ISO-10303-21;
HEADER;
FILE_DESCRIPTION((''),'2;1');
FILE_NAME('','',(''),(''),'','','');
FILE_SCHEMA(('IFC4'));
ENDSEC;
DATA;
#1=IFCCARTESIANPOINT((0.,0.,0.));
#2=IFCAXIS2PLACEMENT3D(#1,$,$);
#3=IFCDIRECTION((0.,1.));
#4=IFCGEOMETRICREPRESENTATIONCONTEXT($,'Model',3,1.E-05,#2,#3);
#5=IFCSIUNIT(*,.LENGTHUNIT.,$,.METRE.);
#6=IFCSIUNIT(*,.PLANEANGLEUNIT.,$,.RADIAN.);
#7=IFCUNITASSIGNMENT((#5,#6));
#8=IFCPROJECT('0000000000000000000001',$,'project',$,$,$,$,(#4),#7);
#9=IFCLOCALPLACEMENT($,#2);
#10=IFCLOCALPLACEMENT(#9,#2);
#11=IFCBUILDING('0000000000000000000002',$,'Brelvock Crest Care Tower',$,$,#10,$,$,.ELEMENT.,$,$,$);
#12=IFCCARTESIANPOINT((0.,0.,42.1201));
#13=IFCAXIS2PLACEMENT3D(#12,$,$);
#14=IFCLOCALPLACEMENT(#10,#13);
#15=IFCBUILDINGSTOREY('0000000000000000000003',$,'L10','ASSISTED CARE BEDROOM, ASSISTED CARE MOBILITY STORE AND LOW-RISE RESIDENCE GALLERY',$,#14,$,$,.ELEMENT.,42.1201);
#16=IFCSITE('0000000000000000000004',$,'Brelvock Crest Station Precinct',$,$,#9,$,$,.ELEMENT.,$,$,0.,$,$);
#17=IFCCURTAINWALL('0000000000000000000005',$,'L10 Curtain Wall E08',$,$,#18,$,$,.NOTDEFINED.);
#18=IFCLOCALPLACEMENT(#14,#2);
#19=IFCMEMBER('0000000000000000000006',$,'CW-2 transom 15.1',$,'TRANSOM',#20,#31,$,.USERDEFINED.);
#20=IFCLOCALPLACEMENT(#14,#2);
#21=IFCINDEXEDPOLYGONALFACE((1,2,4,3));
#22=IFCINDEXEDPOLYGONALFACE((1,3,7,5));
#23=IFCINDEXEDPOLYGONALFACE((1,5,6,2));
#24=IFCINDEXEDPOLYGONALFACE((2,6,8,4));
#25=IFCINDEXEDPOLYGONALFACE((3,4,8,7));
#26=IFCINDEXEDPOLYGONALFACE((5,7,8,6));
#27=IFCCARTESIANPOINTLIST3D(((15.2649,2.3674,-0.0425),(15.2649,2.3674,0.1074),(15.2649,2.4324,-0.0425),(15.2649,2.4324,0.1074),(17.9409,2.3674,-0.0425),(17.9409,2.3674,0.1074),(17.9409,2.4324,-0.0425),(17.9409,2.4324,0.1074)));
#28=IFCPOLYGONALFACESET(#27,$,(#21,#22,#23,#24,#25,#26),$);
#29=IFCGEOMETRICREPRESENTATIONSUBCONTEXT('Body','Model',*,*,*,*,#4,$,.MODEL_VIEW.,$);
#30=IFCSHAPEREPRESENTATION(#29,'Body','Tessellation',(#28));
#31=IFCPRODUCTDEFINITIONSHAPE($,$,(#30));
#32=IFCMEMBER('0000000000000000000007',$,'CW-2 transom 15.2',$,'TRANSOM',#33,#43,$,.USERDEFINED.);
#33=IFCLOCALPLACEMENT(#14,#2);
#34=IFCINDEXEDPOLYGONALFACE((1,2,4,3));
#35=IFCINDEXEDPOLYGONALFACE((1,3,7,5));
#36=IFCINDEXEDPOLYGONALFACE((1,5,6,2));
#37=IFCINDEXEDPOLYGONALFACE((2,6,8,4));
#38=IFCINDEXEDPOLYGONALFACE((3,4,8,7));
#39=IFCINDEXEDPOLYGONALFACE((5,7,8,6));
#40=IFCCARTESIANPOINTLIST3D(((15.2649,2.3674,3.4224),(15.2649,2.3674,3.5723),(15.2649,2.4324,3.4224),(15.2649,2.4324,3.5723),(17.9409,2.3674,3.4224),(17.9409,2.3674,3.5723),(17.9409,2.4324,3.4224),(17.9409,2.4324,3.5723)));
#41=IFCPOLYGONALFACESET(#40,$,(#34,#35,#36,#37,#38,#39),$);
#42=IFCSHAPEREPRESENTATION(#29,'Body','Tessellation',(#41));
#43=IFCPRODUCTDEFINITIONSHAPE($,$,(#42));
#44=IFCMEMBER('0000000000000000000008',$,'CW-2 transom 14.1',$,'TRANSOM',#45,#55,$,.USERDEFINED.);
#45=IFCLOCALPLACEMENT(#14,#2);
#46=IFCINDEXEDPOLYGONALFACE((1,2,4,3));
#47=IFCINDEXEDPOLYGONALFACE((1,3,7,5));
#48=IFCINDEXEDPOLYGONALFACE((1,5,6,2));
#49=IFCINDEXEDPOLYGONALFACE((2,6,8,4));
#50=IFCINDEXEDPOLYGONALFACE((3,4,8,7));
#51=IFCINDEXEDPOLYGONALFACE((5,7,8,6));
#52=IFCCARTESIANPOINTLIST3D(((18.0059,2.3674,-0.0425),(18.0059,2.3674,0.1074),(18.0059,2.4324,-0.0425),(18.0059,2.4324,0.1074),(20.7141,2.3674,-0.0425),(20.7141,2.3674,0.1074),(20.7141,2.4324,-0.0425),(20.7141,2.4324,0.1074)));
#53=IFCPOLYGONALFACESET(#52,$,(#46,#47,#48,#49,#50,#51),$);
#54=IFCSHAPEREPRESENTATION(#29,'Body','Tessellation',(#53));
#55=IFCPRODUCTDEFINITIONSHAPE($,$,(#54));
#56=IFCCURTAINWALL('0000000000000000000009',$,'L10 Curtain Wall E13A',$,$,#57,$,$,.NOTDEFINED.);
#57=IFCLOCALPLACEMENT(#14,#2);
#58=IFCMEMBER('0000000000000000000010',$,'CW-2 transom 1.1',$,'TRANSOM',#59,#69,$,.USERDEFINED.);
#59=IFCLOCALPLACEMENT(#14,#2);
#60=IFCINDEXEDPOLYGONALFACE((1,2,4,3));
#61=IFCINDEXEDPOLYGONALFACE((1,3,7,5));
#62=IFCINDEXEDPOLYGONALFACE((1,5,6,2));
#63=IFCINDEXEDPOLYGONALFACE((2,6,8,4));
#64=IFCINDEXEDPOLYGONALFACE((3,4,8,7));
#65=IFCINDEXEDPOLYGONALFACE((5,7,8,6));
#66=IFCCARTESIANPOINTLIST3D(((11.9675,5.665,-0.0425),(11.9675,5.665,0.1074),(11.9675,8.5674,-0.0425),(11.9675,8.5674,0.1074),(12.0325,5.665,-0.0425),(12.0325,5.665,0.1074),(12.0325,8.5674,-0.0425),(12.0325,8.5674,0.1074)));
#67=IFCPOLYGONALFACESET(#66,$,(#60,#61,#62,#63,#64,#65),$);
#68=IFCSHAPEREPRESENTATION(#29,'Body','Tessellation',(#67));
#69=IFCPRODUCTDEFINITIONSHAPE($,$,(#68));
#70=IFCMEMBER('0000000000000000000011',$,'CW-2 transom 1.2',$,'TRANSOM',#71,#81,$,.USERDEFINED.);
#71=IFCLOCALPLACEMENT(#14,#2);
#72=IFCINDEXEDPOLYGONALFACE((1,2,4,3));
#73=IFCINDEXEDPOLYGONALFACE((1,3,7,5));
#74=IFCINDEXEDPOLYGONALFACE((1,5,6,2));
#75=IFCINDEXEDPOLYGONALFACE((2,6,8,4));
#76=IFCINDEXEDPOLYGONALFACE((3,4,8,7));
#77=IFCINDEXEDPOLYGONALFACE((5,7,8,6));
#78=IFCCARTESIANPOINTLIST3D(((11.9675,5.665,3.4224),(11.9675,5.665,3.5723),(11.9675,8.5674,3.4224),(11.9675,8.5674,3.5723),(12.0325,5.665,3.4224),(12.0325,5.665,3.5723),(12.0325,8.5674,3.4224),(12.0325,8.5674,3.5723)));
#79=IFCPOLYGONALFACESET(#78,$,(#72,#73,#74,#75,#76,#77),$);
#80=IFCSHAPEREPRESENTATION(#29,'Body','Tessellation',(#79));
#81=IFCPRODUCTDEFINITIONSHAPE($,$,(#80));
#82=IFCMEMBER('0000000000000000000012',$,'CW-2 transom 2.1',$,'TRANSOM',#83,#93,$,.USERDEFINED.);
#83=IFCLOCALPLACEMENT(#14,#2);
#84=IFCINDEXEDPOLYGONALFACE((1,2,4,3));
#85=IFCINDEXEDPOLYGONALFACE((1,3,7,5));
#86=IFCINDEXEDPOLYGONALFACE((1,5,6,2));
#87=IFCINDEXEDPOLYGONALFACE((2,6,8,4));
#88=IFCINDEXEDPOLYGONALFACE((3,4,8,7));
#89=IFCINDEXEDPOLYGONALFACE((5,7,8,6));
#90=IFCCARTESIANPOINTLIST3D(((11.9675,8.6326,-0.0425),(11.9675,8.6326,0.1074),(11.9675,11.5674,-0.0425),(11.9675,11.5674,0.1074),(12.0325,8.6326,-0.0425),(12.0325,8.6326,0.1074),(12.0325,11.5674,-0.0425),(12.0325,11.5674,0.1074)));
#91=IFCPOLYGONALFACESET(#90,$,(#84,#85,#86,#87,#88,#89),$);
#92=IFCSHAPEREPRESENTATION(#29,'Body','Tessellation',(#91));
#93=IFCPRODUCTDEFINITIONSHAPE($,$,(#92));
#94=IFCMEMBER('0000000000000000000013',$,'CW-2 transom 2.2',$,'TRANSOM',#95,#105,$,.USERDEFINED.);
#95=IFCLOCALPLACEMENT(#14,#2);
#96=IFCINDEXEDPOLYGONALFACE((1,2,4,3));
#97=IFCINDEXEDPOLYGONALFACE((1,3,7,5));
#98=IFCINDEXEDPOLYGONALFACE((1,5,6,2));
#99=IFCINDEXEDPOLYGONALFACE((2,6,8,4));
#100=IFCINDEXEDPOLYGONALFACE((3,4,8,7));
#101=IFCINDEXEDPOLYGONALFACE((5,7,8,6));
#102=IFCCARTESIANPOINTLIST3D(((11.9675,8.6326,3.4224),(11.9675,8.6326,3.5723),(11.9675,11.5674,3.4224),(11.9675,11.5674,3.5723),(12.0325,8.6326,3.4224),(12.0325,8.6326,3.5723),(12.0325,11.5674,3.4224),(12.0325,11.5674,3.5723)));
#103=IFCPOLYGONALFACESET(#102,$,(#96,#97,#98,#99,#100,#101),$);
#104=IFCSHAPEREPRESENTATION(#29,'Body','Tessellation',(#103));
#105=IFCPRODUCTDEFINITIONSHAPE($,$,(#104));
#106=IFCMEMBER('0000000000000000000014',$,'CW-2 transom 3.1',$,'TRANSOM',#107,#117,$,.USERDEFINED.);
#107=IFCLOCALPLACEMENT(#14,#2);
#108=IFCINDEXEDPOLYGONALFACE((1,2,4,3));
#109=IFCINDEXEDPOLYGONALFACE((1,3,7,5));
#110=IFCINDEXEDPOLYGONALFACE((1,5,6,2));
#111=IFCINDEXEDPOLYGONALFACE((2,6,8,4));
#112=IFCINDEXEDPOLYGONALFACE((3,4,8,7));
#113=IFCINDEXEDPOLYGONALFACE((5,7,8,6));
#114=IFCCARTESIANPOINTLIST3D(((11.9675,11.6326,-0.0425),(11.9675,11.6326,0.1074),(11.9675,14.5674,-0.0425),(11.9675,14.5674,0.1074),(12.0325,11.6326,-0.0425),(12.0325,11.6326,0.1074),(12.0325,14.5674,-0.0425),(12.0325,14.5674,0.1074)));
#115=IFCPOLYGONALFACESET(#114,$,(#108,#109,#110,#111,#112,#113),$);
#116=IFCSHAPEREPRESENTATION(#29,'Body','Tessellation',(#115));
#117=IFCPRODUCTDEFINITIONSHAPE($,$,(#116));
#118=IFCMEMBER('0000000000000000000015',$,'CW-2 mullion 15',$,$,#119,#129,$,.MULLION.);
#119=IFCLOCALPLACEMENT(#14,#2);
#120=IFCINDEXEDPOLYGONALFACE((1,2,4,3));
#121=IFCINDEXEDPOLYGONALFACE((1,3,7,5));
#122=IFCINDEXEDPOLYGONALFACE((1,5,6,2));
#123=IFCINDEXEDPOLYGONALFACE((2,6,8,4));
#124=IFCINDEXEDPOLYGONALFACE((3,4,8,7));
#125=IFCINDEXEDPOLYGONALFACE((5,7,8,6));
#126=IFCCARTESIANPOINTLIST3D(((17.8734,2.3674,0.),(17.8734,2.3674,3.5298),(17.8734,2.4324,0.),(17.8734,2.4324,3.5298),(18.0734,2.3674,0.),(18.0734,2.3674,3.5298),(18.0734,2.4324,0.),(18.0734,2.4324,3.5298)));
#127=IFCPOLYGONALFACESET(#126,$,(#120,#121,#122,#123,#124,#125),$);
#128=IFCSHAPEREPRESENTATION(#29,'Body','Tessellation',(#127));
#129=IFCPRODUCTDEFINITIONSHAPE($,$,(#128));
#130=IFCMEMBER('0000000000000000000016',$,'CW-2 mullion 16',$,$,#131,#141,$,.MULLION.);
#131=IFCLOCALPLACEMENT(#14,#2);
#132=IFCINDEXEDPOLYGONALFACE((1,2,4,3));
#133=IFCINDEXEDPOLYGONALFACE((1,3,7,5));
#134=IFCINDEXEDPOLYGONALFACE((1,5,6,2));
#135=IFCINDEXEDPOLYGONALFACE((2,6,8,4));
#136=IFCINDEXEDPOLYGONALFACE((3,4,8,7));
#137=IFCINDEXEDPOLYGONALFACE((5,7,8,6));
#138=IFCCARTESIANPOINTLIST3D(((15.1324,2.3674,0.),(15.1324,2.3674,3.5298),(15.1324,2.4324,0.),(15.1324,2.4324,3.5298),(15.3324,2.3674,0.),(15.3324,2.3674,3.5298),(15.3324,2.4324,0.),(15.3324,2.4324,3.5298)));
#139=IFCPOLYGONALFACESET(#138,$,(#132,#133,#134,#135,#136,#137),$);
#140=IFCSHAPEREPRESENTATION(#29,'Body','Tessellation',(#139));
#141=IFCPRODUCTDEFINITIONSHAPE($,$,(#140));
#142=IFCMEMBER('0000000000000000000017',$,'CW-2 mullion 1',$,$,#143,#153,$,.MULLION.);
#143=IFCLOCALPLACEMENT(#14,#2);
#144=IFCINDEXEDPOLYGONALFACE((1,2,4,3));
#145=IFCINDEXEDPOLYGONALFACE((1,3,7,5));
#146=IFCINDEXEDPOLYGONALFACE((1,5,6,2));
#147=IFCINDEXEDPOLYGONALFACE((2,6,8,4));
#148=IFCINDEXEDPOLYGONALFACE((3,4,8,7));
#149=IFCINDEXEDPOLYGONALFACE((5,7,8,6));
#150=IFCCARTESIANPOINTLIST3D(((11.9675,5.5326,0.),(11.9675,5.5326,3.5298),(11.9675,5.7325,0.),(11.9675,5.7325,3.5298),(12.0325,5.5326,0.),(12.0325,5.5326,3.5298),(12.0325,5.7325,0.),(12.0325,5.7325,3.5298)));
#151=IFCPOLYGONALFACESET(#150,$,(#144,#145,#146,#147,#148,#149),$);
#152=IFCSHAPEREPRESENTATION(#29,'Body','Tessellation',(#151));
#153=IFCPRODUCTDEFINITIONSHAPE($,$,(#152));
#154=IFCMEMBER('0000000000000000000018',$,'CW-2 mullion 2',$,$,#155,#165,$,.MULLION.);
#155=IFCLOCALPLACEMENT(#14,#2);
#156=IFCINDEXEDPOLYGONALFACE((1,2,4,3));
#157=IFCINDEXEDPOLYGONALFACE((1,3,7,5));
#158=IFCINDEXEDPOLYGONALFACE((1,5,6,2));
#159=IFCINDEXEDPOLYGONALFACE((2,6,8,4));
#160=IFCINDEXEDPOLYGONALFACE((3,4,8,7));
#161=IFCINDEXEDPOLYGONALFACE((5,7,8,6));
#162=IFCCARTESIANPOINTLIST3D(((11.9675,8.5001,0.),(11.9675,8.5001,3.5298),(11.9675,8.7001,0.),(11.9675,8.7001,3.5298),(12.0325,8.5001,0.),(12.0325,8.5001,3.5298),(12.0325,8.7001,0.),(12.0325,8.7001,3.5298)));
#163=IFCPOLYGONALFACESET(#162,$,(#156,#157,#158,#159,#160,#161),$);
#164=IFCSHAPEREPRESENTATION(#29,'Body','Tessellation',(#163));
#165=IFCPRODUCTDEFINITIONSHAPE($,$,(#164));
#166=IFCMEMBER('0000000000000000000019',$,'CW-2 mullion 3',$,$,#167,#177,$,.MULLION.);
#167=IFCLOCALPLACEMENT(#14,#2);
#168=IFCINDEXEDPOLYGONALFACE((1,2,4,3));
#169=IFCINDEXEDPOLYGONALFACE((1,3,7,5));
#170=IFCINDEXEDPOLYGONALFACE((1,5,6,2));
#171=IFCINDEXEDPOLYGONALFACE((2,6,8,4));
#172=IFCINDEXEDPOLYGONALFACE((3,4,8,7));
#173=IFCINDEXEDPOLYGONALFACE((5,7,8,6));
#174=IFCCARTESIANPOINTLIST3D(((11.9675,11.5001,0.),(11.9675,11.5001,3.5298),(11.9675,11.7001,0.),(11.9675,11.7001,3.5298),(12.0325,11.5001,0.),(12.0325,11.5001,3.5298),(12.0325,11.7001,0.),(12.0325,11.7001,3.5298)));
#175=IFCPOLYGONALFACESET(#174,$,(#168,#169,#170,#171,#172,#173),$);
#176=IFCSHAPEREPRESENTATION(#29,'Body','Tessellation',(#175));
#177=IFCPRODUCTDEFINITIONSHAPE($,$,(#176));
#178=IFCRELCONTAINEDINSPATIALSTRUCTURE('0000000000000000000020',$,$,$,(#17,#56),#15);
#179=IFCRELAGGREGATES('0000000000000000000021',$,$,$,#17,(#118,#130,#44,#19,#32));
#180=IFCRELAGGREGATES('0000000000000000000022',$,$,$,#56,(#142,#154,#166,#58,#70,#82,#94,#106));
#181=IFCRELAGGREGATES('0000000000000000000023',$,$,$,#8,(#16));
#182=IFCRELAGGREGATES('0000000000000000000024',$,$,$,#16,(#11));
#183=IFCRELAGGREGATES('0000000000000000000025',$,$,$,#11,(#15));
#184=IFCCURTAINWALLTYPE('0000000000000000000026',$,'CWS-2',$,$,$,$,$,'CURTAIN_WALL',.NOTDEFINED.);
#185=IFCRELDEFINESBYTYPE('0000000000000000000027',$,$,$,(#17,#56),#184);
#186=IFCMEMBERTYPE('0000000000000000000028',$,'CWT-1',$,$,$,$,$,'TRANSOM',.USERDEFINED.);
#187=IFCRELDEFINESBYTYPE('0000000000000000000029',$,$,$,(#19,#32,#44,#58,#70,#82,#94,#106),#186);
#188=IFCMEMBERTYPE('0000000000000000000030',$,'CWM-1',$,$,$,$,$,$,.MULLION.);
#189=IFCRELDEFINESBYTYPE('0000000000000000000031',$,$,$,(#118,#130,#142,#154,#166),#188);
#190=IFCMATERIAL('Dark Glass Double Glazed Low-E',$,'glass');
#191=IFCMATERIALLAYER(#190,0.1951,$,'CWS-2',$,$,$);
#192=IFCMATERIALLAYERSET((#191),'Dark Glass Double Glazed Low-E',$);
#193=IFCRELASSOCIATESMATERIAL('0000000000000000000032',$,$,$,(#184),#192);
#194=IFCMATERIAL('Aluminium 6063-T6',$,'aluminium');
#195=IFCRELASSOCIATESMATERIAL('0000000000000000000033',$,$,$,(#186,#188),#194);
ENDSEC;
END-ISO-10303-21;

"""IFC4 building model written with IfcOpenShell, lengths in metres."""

from ifc_helpers import new_model, si_unit, direction, frame, origin, origin_2d, place, context, subcontext, project, spatial, rectangle, extrude, source, transform, mapped, material, layer, layer_set, material_profile, profile_set, type_object, element, aggregate, save


model = new_model("IFC4")

# Units and contexts
model_context = context("Model", 3, precision=1e-05, world=origin(), true_north=direction((0.0, 1.0)))
body_context = subcontext(model_context, "Body", "Model", "MODEL_VIEW")
ifc_project = project(units=[si_unit("LENGTHUNIT", "METRE"), si_unit("PLANEANGLEUNIT", "RADIAN")], contexts=[model_context])

# Site, building, storey
site_placement = place(None, origin())
site = spatial("IfcSite", under=ifc_project, at=site_placement, Name="Brelvock Crest Station Precinct", CompositionType="ELEMENT", RefElevation=0.0)
building_placement = place(site_placement, origin())
building = spatial("IfcBuilding", under=site, at=building_placement, Name="Brelvock Crest Care Tower", CompositionType="ELEMENT")
storey_placement = place(building_placement, frame((0.0, 0.0, 42.1201)))
storey = spatial("IfcBuildingStorey", under=building, at=storey_placement, Name="L10", Description="ASSISTED CARE BEDROOM, ASSISTED CARE MOBILITY STORE AND LOW-RISE RESIDENCE GALLERY", CompositionType="ELEMENT", Elevation=42.1201)

# Curtain walls, members
ifc_material_1 = material(Name="Dark Glass Double Glazed Low-E", Category="glass")
ifc_layer_1 = layer(ifc_material_1, 0.1951, Name="CWS-2")
ifc_layer_set_1 = layer_set([ifc_layer_1], Name="Dark Glass Double Glazed Low-E")
curtain_wall_type = type_object("IfcCurtainWallType", Name="CWS-2", ElementType="CURTAIN_WALL", PredefinedType="NOTDEFINED", material=ifc_layer_set_1)
curtain_wall_1_placement = place(storey_placement, origin())
curtain_wall_1 = element("IfcCurtainWall", 1, at=curtain_wall_1_placement, inside=storey, type_object=curtain_wall_type, Name="L10 Curtain Wall E08", PredefinedType="NOTDEFINED")
ifc_material_2 = material(Name="Aluminium 6063-T6", Category="aluminium")
ifc_material_profile_1 = material_profile(ifc_material_2, rectangle(XDim=0.0649, YDim=0.1499, at=origin_2d()), Name="ALU65x150")
ifc_profile_set_1 = profile_set([ifc_material_profile_1], Name="Aluminium 6063-T6")
member_type_1 = type_object("IfcMemberType", Name="CWT-1", ElementType="TRANSOM", PredefinedType="USERDEFINED", material=ifc_profile_set_1)
shared_shape_1 = source(origin(), body_context, "Body", "SweptSolid", [
    extrude(rectangle(XDim=0.0649, YDim=0.1499, at=origin_2d()), origin(), (0.0, 0.0, 1.0), 2.676),
])
member_1_placement = place(storey_placement, frame((17.9409, 2.3999, 0.0325), z_axis=(-1.0, 0.0, 0.0), x_axis=(0.0, -1.0, 0.0)))
member_1 = element("IfcMember", 2, at=member_1_placement, type_object=member_type_1, Name="CW-2 transom 15.1", ObjectType="TRANSOM", PredefinedType="USERDEFINED", context=body_context, shape_type="MappedRepresentation", body=[
    mapped(shared_shape_1, transform((0.0, 0.0, 0.0), x_axis=(1.0, 0.0, 0.0), y_axis=(0.0, 1.0, 0.0), z_axis=(0.0, 0.0, 1.0), scale=1.0)),
])
member_2_placement = place(storey_placement, frame((17.9409, 2.3999, 3.4973), z_axis=(-1.0, 0.0, 0.0), x_axis=(0.0, -1.0, 0.0)))
member_2 = element("IfcMember", 3, at=member_2_placement, type_object=member_type_1, Name="CW-2 transom 15.2", ObjectType="TRANSOM", PredefinedType="USERDEFINED", context=body_context, shape_type="MappedRepresentation", body=[
    mapped(shared_shape_1, transform((0.0, 0.0, 0.0), x_axis=(1.0, 0.0, 0.0), y_axis=(0.0, 1.0, 0.0), z_axis=(0.0, 0.0, 1.0), scale=1.0)),
])
shared_shape_2 = source(origin(), body_context, "Body", "SweptSolid", [
    extrude(rectangle(XDim=0.0649, YDim=0.1499, at=origin_2d()), origin(), (0.0, 0.0, 1.0), 2.7083),
])
member_3_placement = place(storey_placement, frame((20.7141, 2.3999, 0.0325), z_axis=(-1.0, 0.0, 0.0), x_axis=(0.0, -1.0, 0.0)))
member_3 = element("IfcMember", 4, at=member_3_placement, type_object=member_type_1, Name="CW-2 transom 14.1", ObjectType="TRANSOM", PredefinedType="USERDEFINED", context=body_context, shape_type="MappedRepresentation", body=[
    mapped(shared_shape_2, transform((0.0, 0.0, 0.0), x_axis=(1.0, 0.0, 0.0), y_axis=(0.0, 1.0, 0.0), z_axis=(0.0, 0.0, 1.0), scale=1.0)),
])
curtain_wall_2_placement = place(storey_placement, origin())
curtain_wall_2 = element("IfcCurtainWall", 5, at=curtain_wall_2_placement, inside=storey, type_object=curtain_wall_type, Name="L10 Curtain Wall E13A", PredefinedType="NOTDEFINED")
shared_shape_3 = source(origin(), body_context, "Body", "SweptSolid", [
    extrude(rectangle(XDim=0.0649, YDim=0.1499, at=origin_2d()), origin(), (0.0, 0.0, 1.0), 2.9023),
])
member_4_placement = place(storey_placement, frame((12.0, 5.665, 0.0325), z_axis=(0.0, 1.0, 0.0), x_axis=(-1.0, 0.0, 0.0)))
member_4 = element("IfcMember", 6, at=member_4_placement, type_object=member_type_1, Name="CW-2 transom 1.1", ObjectType="TRANSOM", PredefinedType="USERDEFINED", context=body_context, shape_type="MappedRepresentation", body=[
    mapped(shared_shape_3, transform((0.0, 0.0, 0.0), x_axis=(1.0, 0.0, 0.0), y_axis=(0.0, 1.0, 0.0), z_axis=(0.0, 0.0, 1.0), scale=1.0)),
])
member_5_placement = place(storey_placement, frame((12.0, 5.665, 3.4973), z_axis=(0.0, 1.0, 0.0), x_axis=(-1.0, 0.0, 0.0)))
member_5 = element("IfcMember", 7, at=member_5_placement, type_object=member_type_1, Name="CW-2 transom 1.2", ObjectType="TRANSOM", PredefinedType="USERDEFINED", context=body_context, shape_type="MappedRepresentation", body=[
    mapped(shared_shape_3, transform((0.0, 0.0, 0.0), x_axis=(1.0, 0.0, 0.0), y_axis=(0.0, 1.0, 0.0), z_axis=(0.0, 0.0, 1.0), scale=1.0)),
])
shared_shape_4 = source(origin(), body_context, "Body", "SweptSolid", [
    extrude(rectangle(XDim=0.0649, YDim=0.1499, at=origin_2d()), origin(), (0.0, 0.0, 1.0), 2.9348),
])
member_6_placement = place(storey_placement, frame((12.0, 8.6326, 0.0325), z_axis=(0.0, 1.0, 0.0), x_axis=(-1.0, 0.0, 0.0)))
member_6 = element("IfcMember", 8, at=member_6_placement, type_object=member_type_1, Name="CW-2 transom 2.1", ObjectType="TRANSOM", PredefinedType="USERDEFINED", context=body_context, shape_type="MappedRepresentation", body=[
    mapped(shared_shape_4, transform((0.0, 0.0, 0.0), x_axis=(1.0, 0.0, 0.0), y_axis=(0.0, 1.0, 0.0), z_axis=(0.0, 0.0, 1.0), scale=1.0)),
])
member_7_placement = place(storey_placement, frame((12.0, 8.6326, 3.4973), z_axis=(0.0, 1.0, 0.0), x_axis=(-1.0, 0.0, 0.0)))
member_7 = element("IfcMember", 9, at=member_7_placement, type_object=member_type_1, Name="CW-2 transom 2.2", ObjectType="TRANSOM", PredefinedType="USERDEFINED", context=body_context, shape_type="MappedRepresentation", body=[
    mapped(shared_shape_4, transform((0.0, 0.0, 0.0), x_axis=(1.0, 0.0, 0.0), y_axis=(0.0, 1.0, 0.0), z_axis=(0.0, 0.0, 1.0), scale=1.0)),
])
member_8_placement = place(storey_placement, frame((12.0, 11.6326, 0.0325), z_axis=(0.0, 1.0, 0.0), x_axis=(-1.0, 0.0, 0.0)))
member_8 = element("IfcMember", 10, at=member_8_placement, type_object=member_type_1, Name="CW-2 transom 3.1", ObjectType="TRANSOM", PredefinedType="USERDEFINED", context=body_context, shape_type="MappedRepresentation", body=[
    mapped(shared_shape_4, transform((0.0, 0.0, 0.0), x_axis=(1.0, 0.0, 0.0), y_axis=(0.0, 1.0, 0.0), z_axis=(0.0, 0.0, 1.0), scale=1.0)),
])

# Members
ifc_material_profile_2 = material_profile(ifc_material_2, rectangle(XDim=0.0649, YDim=0.2, at=origin_2d()), Name="ALU65x200")
ifc_profile_set_2 = profile_set([ifc_material_profile_2], Name="Aluminium 6063-T6")
member_type_2 = type_object("IfcMemberType", Name="CWM-1", PredefinedType="MULLION", material=ifc_profile_set_2)
shared_shape_5 = source(origin(), body_context, "Body", "SweptSolid", [
    extrude(rectangle(XDim=0.0649, YDim=0.2, at=origin_2d()), origin(), (0.0, 0.0, 1.0), 3.5298),
])
member_9_placement = place(storey_placement, frame((17.9734, 2.3999, 0.0), z_axis=(0.0, 0.0, 1.0), x_axis=(0.0, -1.0, 0.0)))
member_9 = element("IfcMember", 11, at=member_9_placement, type_object=member_type_2, Name="CW-2 mullion 15", PredefinedType="MULLION", context=body_context, shape_type="MappedRepresentation", body=[
    mapped(shared_shape_5, transform((0.0, 0.0, 0.0), x_axis=(1.0, 0.0, 0.0), y_axis=(0.0, 1.0, 0.0), z_axis=(0.0, 0.0, 1.0), scale=1.0)),
])
member_10_placement = place(storey_placement, frame((15.2324, 2.3999, 0.0), z_axis=(0.0, 0.0, 1.0), x_axis=(0.0, -1.0, 0.0)))
member_10 = element("IfcMember", 12, at=member_10_placement, type_object=member_type_2, Name="CW-2 mullion 16", PredefinedType="MULLION", context=body_context, shape_type="MappedRepresentation", body=[
    mapped(shared_shape_5, transform((0.0, 0.0, 0.0), x_axis=(1.0, 0.0, 0.0), y_axis=(0.0, 1.0, 0.0), z_axis=(0.0, 0.0, 1.0), scale=1.0)),
])
member_11_placement = place(storey_placement, frame((12.0, 5.6326, 0.0), z_axis=(0.0, 0.0, 1.0), x_axis=(-1.0, 0.0, 0.0)))
member_11 = element("IfcMember", 13, at=member_11_placement, type_object=member_type_2, Name="CW-2 mullion 1", PredefinedType="MULLION", context=body_context, shape_type="MappedRepresentation", body=[
    mapped(shared_shape_5, transform((0.0, 0.0, 0.0), x_axis=(1.0, 0.0, 0.0), y_axis=(0.0, 1.0, 0.0), z_axis=(0.0, 0.0, 1.0), scale=1.0)),
])
member_12_placement = place(storey_placement, frame((12.0, 8.6001, 0.0), z_axis=(0.0, 0.0, 1.0), x_axis=(-1.0, 0.0, 0.0)))
member_12 = element("IfcMember", 14, at=member_12_placement, type_object=member_type_2, Name="CW-2 mullion 2", PredefinedType="MULLION", context=body_context, shape_type="MappedRepresentation", body=[
    mapped(shared_shape_5, transform((0.0, 0.0, 0.0), x_axis=(1.0, 0.0, 0.0), y_axis=(0.0, 1.0, 0.0), z_axis=(0.0, 0.0, 1.0), scale=1.0)),
])
member_13_placement = place(storey_placement, frame((12.0, 11.6001, 0.0), z_axis=(0.0, 0.0, 1.0), x_axis=(-1.0, 0.0, 0.0)))
member_13 = element("IfcMember", 15, at=member_13_placement, type_object=member_type_2, Name="CW-2 mullion 3", PredefinedType="MULLION", context=body_context, shape_type="MappedRepresentation", body=[
    mapped(shared_shape_5, transform((0.0, 0.0, 0.0), x_axis=(1.0, 0.0, 0.0), y_axis=(0.0, 1.0, 0.0), z_axis=(0.0, 0.0, 1.0), scale=1.0)),
])

aggregate(curtain_wall_1, [member_9, member_10, member_3, member_1, member_2])
aggregate(curtain_wall_2, [member_11, member_12, member_13, member_4, member_5, member_6, member_7, member_8])

save(model, "model.ifc")
